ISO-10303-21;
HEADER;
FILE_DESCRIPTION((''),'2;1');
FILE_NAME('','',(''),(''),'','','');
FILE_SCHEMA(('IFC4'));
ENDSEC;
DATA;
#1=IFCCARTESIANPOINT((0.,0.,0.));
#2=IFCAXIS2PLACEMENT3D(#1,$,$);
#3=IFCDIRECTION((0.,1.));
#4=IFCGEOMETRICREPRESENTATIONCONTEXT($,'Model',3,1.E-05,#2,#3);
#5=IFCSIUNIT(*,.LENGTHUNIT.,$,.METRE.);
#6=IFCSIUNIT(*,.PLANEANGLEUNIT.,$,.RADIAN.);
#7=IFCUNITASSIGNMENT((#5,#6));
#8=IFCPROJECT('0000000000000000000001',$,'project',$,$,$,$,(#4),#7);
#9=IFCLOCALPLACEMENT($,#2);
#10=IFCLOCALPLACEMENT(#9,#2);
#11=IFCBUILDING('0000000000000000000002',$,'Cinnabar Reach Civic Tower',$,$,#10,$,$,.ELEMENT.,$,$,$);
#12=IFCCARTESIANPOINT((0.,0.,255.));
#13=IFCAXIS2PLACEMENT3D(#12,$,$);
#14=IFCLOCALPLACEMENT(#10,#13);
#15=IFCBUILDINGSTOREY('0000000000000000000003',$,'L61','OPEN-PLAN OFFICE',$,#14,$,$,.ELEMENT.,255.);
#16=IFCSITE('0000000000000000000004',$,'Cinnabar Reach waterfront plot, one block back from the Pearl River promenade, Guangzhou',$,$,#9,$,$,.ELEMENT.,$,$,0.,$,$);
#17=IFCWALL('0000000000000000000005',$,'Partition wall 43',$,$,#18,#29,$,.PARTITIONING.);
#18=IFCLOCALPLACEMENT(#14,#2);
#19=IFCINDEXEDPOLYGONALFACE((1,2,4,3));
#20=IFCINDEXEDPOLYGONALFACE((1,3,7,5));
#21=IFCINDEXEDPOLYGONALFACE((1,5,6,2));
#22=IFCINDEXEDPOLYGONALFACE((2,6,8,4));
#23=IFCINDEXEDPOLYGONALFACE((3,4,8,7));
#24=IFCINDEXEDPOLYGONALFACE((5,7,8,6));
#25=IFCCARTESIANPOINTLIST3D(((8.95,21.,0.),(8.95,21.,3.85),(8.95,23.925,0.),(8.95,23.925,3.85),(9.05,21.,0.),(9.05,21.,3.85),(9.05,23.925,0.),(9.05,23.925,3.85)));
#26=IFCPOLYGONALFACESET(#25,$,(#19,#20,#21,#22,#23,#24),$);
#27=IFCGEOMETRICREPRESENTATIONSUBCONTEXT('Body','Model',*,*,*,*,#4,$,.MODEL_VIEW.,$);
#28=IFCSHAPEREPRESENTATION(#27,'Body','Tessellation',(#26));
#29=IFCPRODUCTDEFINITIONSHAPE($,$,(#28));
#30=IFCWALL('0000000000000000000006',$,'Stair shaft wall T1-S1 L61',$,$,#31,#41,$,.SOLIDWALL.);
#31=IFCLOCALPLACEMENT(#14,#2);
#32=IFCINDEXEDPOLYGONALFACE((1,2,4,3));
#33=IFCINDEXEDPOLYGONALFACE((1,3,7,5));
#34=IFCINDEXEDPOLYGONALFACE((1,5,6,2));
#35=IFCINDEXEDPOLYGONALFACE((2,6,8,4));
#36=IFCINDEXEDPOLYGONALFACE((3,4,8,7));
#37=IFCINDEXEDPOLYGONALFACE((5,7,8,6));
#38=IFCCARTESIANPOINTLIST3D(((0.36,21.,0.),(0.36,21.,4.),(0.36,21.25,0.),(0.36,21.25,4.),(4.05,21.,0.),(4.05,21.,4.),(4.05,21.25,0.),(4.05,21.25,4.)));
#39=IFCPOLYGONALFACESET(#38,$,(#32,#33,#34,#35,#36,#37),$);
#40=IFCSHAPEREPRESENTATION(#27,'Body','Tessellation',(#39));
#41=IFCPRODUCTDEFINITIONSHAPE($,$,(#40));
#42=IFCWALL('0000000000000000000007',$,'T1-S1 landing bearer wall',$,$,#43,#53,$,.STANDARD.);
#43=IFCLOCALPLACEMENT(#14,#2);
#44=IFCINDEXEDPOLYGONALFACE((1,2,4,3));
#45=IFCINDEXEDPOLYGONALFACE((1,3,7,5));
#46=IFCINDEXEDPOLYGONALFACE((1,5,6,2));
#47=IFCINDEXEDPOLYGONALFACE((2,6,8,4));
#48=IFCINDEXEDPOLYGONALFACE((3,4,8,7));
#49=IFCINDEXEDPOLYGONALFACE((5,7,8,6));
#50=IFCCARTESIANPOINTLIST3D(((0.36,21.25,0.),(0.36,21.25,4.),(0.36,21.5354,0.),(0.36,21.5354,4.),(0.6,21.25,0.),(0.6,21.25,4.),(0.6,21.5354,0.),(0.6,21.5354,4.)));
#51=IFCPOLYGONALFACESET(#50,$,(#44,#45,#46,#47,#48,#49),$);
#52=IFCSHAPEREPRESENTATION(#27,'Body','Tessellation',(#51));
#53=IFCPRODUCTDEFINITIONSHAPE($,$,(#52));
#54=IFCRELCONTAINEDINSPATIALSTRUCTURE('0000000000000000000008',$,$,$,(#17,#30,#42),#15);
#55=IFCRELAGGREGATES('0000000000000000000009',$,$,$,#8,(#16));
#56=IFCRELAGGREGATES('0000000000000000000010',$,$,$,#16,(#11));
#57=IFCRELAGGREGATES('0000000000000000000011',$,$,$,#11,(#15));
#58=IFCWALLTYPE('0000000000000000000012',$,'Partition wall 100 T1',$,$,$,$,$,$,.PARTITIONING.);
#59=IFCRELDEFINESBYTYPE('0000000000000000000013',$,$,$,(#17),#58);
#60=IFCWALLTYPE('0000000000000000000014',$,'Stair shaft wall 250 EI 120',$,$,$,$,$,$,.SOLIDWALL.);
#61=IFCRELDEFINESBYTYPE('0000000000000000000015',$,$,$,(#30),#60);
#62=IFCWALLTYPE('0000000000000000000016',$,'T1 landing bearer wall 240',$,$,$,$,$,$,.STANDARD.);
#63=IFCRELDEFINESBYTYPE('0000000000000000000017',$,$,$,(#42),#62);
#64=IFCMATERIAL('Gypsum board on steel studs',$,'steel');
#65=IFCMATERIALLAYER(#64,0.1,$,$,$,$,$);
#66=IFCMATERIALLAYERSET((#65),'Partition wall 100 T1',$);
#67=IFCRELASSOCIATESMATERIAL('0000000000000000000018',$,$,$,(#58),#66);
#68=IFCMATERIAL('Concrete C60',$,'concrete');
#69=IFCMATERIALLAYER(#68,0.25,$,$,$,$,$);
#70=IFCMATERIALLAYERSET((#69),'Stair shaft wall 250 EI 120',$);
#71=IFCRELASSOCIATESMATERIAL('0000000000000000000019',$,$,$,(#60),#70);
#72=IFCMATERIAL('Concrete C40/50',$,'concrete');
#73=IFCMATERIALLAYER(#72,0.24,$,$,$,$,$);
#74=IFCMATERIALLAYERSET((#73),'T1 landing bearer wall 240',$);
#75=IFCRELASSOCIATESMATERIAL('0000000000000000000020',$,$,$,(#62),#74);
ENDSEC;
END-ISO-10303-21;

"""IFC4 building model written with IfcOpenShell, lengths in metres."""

from ifc_helpers import new_model, si_unit, direction, frame, frame_2d, origin, place, context, subcontext, project, spatial, rectangle, extrude, material, layer, layer_set, type_object, element, save


model = new_model("IFC4")

# Units and contexts
model_context = context("Model", 3, precision=1e-05, world=origin(), true_north=direction((0.0, 1.0)))
body_context = subcontext(model_context, "Body", "Model", "MODEL_VIEW")
ifc_project = project(units=[si_unit("LENGTHUNIT", "METRE"), si_unit("PLANEANGLEUNIT", "RADIAN")], contexts=[model_context])

# Site, building, storey
site_placement = place(None, origin())
site = spatial("IfcSite", under=ifc_project, at=site_placement, Name="Cinnabar Reach waterfront plot, one block back from the Pearl River promenade, Guangzhou", CompositionType="ELEMENT", RefElevation=0.0)
building_placement = place(site_placement, origin())
building = spatial("IfcBuilding", under=site, at=building_placement, Name="Cinnabar Reach Civic Tower", CompositionType="ELEMENT")
storey_placement = place(building_placement, frame((0.0, 0.0, 255.0)))
storey = spatial("IfcBuildingStorey", under=building, at=storey_placement, Name="L61", Description="OPEN-PLAN OFFICE", CompositionType="ELEMENT", Elevation=255.0)

# Shared definitions
ifc_material_1 = material(Name="Concrete C60", Category="concrete")

# Shared definitions
ifc_material_2 = material(Name="Concrete C40/50", Category="concrete")

# Walls
ifc_material_3 = material(Name="Gypsum board on steel studs", Category="steel")
ifc_layer_1 = layer(ifc_material_3, 0.1)
ifc_layer_set_1 = layer_set([ifc_layer_1], Name="Partition wall 100 T1")
wall_type_1 = type_object("IfcWallType", Name="Partition wall 100 T1", PredefinedType="PARTITIONING", material=ifc_layer_set_1)
wall_1_placement = place(storey_placement, frame((9.0, 21.0, 0.0), z_axis=(0.0, 0.0, 1.0), x_axis=(0.0, 1.0, 0.0)))
element("IfcWall", 1, at=wall_1_placement, inside=storey, type_object=wall_type_1, Name="Partition wall 43", PredefinedType="PARTITIONING", context=body_context, shape_type="SweptSolid", body=[
    extrude(rectangle(XDim=2.925, YDim=0.1, at=frame_2d((1.4625, 0.0))), origin(), (0.0, 0.0, 1.0), 3.85),
])
ifc_layer_2 = layer(ifc_material_1, 0.25)
ifc_layer_set_2 = layer_set([ifc_layer_2], Name="Stair shaft wall 250 EI 120")
wall_type_2 = type_object("IfcWallType", Name="Stair shaft wall 250 EI 120", PredefinedType="SOLIDWALL", material=ifc_layer_set_2)
wall_2_placement = place(storey_placement, frame((0.36, 21.125, 0.0), z_axis=(0.0, 0.0, 1.0), x_axis=(1.0, 0.0, 0.0)))
element("IfcWall", 2, at=wall_2_placement, inside=storey, type_object=wall_type_2, Name="Stair shaft wall T1-S1 L61", PredefinedType="SOLIDWALL", context=body_context, shape_type="SweptSolid", body=[
    extrude(rectangle(XDim=3.69, YDim=0.25, at=frame_2d((1.845, 0.0))), origin(), (0.0, 0.0, 1.0), 4.0),
])
ifc_layer_3 = layer(ifc_material_2, 0.24)
ifc_layer_set_3 = layer_set([ifc_layer_3], Name="T1 landing bearer wall 240")
wall_type_3 = type_object("IfcWallType", Name="T1 landing bearer wall 240", PredefinedType="STANDARD", material=ifc_layer_set_3)
wall_3_placement = place(storey_placement, frame((0.48, 21.25, 0.0), z_axis=(0.0, 0.0, 1.0), x_axis=(0.0, 1.0, 0.0)))
element("IfcWall", 3, at=wall_3_placement, inside=storey, type_object=wall_type_3, Name="T1-S1 landing bearer wall", PredefinedType="STANDARD", context=body_context, shape_type="SweptSolid", body=[
    extrude(rectangle(XDim=0.2854, YDim=0.24, at=frame_2d((0.1427, 0.0))), origin(), (0.0, 0.0, 1.0), 4.0),
])

save(model, "model.ifc")
